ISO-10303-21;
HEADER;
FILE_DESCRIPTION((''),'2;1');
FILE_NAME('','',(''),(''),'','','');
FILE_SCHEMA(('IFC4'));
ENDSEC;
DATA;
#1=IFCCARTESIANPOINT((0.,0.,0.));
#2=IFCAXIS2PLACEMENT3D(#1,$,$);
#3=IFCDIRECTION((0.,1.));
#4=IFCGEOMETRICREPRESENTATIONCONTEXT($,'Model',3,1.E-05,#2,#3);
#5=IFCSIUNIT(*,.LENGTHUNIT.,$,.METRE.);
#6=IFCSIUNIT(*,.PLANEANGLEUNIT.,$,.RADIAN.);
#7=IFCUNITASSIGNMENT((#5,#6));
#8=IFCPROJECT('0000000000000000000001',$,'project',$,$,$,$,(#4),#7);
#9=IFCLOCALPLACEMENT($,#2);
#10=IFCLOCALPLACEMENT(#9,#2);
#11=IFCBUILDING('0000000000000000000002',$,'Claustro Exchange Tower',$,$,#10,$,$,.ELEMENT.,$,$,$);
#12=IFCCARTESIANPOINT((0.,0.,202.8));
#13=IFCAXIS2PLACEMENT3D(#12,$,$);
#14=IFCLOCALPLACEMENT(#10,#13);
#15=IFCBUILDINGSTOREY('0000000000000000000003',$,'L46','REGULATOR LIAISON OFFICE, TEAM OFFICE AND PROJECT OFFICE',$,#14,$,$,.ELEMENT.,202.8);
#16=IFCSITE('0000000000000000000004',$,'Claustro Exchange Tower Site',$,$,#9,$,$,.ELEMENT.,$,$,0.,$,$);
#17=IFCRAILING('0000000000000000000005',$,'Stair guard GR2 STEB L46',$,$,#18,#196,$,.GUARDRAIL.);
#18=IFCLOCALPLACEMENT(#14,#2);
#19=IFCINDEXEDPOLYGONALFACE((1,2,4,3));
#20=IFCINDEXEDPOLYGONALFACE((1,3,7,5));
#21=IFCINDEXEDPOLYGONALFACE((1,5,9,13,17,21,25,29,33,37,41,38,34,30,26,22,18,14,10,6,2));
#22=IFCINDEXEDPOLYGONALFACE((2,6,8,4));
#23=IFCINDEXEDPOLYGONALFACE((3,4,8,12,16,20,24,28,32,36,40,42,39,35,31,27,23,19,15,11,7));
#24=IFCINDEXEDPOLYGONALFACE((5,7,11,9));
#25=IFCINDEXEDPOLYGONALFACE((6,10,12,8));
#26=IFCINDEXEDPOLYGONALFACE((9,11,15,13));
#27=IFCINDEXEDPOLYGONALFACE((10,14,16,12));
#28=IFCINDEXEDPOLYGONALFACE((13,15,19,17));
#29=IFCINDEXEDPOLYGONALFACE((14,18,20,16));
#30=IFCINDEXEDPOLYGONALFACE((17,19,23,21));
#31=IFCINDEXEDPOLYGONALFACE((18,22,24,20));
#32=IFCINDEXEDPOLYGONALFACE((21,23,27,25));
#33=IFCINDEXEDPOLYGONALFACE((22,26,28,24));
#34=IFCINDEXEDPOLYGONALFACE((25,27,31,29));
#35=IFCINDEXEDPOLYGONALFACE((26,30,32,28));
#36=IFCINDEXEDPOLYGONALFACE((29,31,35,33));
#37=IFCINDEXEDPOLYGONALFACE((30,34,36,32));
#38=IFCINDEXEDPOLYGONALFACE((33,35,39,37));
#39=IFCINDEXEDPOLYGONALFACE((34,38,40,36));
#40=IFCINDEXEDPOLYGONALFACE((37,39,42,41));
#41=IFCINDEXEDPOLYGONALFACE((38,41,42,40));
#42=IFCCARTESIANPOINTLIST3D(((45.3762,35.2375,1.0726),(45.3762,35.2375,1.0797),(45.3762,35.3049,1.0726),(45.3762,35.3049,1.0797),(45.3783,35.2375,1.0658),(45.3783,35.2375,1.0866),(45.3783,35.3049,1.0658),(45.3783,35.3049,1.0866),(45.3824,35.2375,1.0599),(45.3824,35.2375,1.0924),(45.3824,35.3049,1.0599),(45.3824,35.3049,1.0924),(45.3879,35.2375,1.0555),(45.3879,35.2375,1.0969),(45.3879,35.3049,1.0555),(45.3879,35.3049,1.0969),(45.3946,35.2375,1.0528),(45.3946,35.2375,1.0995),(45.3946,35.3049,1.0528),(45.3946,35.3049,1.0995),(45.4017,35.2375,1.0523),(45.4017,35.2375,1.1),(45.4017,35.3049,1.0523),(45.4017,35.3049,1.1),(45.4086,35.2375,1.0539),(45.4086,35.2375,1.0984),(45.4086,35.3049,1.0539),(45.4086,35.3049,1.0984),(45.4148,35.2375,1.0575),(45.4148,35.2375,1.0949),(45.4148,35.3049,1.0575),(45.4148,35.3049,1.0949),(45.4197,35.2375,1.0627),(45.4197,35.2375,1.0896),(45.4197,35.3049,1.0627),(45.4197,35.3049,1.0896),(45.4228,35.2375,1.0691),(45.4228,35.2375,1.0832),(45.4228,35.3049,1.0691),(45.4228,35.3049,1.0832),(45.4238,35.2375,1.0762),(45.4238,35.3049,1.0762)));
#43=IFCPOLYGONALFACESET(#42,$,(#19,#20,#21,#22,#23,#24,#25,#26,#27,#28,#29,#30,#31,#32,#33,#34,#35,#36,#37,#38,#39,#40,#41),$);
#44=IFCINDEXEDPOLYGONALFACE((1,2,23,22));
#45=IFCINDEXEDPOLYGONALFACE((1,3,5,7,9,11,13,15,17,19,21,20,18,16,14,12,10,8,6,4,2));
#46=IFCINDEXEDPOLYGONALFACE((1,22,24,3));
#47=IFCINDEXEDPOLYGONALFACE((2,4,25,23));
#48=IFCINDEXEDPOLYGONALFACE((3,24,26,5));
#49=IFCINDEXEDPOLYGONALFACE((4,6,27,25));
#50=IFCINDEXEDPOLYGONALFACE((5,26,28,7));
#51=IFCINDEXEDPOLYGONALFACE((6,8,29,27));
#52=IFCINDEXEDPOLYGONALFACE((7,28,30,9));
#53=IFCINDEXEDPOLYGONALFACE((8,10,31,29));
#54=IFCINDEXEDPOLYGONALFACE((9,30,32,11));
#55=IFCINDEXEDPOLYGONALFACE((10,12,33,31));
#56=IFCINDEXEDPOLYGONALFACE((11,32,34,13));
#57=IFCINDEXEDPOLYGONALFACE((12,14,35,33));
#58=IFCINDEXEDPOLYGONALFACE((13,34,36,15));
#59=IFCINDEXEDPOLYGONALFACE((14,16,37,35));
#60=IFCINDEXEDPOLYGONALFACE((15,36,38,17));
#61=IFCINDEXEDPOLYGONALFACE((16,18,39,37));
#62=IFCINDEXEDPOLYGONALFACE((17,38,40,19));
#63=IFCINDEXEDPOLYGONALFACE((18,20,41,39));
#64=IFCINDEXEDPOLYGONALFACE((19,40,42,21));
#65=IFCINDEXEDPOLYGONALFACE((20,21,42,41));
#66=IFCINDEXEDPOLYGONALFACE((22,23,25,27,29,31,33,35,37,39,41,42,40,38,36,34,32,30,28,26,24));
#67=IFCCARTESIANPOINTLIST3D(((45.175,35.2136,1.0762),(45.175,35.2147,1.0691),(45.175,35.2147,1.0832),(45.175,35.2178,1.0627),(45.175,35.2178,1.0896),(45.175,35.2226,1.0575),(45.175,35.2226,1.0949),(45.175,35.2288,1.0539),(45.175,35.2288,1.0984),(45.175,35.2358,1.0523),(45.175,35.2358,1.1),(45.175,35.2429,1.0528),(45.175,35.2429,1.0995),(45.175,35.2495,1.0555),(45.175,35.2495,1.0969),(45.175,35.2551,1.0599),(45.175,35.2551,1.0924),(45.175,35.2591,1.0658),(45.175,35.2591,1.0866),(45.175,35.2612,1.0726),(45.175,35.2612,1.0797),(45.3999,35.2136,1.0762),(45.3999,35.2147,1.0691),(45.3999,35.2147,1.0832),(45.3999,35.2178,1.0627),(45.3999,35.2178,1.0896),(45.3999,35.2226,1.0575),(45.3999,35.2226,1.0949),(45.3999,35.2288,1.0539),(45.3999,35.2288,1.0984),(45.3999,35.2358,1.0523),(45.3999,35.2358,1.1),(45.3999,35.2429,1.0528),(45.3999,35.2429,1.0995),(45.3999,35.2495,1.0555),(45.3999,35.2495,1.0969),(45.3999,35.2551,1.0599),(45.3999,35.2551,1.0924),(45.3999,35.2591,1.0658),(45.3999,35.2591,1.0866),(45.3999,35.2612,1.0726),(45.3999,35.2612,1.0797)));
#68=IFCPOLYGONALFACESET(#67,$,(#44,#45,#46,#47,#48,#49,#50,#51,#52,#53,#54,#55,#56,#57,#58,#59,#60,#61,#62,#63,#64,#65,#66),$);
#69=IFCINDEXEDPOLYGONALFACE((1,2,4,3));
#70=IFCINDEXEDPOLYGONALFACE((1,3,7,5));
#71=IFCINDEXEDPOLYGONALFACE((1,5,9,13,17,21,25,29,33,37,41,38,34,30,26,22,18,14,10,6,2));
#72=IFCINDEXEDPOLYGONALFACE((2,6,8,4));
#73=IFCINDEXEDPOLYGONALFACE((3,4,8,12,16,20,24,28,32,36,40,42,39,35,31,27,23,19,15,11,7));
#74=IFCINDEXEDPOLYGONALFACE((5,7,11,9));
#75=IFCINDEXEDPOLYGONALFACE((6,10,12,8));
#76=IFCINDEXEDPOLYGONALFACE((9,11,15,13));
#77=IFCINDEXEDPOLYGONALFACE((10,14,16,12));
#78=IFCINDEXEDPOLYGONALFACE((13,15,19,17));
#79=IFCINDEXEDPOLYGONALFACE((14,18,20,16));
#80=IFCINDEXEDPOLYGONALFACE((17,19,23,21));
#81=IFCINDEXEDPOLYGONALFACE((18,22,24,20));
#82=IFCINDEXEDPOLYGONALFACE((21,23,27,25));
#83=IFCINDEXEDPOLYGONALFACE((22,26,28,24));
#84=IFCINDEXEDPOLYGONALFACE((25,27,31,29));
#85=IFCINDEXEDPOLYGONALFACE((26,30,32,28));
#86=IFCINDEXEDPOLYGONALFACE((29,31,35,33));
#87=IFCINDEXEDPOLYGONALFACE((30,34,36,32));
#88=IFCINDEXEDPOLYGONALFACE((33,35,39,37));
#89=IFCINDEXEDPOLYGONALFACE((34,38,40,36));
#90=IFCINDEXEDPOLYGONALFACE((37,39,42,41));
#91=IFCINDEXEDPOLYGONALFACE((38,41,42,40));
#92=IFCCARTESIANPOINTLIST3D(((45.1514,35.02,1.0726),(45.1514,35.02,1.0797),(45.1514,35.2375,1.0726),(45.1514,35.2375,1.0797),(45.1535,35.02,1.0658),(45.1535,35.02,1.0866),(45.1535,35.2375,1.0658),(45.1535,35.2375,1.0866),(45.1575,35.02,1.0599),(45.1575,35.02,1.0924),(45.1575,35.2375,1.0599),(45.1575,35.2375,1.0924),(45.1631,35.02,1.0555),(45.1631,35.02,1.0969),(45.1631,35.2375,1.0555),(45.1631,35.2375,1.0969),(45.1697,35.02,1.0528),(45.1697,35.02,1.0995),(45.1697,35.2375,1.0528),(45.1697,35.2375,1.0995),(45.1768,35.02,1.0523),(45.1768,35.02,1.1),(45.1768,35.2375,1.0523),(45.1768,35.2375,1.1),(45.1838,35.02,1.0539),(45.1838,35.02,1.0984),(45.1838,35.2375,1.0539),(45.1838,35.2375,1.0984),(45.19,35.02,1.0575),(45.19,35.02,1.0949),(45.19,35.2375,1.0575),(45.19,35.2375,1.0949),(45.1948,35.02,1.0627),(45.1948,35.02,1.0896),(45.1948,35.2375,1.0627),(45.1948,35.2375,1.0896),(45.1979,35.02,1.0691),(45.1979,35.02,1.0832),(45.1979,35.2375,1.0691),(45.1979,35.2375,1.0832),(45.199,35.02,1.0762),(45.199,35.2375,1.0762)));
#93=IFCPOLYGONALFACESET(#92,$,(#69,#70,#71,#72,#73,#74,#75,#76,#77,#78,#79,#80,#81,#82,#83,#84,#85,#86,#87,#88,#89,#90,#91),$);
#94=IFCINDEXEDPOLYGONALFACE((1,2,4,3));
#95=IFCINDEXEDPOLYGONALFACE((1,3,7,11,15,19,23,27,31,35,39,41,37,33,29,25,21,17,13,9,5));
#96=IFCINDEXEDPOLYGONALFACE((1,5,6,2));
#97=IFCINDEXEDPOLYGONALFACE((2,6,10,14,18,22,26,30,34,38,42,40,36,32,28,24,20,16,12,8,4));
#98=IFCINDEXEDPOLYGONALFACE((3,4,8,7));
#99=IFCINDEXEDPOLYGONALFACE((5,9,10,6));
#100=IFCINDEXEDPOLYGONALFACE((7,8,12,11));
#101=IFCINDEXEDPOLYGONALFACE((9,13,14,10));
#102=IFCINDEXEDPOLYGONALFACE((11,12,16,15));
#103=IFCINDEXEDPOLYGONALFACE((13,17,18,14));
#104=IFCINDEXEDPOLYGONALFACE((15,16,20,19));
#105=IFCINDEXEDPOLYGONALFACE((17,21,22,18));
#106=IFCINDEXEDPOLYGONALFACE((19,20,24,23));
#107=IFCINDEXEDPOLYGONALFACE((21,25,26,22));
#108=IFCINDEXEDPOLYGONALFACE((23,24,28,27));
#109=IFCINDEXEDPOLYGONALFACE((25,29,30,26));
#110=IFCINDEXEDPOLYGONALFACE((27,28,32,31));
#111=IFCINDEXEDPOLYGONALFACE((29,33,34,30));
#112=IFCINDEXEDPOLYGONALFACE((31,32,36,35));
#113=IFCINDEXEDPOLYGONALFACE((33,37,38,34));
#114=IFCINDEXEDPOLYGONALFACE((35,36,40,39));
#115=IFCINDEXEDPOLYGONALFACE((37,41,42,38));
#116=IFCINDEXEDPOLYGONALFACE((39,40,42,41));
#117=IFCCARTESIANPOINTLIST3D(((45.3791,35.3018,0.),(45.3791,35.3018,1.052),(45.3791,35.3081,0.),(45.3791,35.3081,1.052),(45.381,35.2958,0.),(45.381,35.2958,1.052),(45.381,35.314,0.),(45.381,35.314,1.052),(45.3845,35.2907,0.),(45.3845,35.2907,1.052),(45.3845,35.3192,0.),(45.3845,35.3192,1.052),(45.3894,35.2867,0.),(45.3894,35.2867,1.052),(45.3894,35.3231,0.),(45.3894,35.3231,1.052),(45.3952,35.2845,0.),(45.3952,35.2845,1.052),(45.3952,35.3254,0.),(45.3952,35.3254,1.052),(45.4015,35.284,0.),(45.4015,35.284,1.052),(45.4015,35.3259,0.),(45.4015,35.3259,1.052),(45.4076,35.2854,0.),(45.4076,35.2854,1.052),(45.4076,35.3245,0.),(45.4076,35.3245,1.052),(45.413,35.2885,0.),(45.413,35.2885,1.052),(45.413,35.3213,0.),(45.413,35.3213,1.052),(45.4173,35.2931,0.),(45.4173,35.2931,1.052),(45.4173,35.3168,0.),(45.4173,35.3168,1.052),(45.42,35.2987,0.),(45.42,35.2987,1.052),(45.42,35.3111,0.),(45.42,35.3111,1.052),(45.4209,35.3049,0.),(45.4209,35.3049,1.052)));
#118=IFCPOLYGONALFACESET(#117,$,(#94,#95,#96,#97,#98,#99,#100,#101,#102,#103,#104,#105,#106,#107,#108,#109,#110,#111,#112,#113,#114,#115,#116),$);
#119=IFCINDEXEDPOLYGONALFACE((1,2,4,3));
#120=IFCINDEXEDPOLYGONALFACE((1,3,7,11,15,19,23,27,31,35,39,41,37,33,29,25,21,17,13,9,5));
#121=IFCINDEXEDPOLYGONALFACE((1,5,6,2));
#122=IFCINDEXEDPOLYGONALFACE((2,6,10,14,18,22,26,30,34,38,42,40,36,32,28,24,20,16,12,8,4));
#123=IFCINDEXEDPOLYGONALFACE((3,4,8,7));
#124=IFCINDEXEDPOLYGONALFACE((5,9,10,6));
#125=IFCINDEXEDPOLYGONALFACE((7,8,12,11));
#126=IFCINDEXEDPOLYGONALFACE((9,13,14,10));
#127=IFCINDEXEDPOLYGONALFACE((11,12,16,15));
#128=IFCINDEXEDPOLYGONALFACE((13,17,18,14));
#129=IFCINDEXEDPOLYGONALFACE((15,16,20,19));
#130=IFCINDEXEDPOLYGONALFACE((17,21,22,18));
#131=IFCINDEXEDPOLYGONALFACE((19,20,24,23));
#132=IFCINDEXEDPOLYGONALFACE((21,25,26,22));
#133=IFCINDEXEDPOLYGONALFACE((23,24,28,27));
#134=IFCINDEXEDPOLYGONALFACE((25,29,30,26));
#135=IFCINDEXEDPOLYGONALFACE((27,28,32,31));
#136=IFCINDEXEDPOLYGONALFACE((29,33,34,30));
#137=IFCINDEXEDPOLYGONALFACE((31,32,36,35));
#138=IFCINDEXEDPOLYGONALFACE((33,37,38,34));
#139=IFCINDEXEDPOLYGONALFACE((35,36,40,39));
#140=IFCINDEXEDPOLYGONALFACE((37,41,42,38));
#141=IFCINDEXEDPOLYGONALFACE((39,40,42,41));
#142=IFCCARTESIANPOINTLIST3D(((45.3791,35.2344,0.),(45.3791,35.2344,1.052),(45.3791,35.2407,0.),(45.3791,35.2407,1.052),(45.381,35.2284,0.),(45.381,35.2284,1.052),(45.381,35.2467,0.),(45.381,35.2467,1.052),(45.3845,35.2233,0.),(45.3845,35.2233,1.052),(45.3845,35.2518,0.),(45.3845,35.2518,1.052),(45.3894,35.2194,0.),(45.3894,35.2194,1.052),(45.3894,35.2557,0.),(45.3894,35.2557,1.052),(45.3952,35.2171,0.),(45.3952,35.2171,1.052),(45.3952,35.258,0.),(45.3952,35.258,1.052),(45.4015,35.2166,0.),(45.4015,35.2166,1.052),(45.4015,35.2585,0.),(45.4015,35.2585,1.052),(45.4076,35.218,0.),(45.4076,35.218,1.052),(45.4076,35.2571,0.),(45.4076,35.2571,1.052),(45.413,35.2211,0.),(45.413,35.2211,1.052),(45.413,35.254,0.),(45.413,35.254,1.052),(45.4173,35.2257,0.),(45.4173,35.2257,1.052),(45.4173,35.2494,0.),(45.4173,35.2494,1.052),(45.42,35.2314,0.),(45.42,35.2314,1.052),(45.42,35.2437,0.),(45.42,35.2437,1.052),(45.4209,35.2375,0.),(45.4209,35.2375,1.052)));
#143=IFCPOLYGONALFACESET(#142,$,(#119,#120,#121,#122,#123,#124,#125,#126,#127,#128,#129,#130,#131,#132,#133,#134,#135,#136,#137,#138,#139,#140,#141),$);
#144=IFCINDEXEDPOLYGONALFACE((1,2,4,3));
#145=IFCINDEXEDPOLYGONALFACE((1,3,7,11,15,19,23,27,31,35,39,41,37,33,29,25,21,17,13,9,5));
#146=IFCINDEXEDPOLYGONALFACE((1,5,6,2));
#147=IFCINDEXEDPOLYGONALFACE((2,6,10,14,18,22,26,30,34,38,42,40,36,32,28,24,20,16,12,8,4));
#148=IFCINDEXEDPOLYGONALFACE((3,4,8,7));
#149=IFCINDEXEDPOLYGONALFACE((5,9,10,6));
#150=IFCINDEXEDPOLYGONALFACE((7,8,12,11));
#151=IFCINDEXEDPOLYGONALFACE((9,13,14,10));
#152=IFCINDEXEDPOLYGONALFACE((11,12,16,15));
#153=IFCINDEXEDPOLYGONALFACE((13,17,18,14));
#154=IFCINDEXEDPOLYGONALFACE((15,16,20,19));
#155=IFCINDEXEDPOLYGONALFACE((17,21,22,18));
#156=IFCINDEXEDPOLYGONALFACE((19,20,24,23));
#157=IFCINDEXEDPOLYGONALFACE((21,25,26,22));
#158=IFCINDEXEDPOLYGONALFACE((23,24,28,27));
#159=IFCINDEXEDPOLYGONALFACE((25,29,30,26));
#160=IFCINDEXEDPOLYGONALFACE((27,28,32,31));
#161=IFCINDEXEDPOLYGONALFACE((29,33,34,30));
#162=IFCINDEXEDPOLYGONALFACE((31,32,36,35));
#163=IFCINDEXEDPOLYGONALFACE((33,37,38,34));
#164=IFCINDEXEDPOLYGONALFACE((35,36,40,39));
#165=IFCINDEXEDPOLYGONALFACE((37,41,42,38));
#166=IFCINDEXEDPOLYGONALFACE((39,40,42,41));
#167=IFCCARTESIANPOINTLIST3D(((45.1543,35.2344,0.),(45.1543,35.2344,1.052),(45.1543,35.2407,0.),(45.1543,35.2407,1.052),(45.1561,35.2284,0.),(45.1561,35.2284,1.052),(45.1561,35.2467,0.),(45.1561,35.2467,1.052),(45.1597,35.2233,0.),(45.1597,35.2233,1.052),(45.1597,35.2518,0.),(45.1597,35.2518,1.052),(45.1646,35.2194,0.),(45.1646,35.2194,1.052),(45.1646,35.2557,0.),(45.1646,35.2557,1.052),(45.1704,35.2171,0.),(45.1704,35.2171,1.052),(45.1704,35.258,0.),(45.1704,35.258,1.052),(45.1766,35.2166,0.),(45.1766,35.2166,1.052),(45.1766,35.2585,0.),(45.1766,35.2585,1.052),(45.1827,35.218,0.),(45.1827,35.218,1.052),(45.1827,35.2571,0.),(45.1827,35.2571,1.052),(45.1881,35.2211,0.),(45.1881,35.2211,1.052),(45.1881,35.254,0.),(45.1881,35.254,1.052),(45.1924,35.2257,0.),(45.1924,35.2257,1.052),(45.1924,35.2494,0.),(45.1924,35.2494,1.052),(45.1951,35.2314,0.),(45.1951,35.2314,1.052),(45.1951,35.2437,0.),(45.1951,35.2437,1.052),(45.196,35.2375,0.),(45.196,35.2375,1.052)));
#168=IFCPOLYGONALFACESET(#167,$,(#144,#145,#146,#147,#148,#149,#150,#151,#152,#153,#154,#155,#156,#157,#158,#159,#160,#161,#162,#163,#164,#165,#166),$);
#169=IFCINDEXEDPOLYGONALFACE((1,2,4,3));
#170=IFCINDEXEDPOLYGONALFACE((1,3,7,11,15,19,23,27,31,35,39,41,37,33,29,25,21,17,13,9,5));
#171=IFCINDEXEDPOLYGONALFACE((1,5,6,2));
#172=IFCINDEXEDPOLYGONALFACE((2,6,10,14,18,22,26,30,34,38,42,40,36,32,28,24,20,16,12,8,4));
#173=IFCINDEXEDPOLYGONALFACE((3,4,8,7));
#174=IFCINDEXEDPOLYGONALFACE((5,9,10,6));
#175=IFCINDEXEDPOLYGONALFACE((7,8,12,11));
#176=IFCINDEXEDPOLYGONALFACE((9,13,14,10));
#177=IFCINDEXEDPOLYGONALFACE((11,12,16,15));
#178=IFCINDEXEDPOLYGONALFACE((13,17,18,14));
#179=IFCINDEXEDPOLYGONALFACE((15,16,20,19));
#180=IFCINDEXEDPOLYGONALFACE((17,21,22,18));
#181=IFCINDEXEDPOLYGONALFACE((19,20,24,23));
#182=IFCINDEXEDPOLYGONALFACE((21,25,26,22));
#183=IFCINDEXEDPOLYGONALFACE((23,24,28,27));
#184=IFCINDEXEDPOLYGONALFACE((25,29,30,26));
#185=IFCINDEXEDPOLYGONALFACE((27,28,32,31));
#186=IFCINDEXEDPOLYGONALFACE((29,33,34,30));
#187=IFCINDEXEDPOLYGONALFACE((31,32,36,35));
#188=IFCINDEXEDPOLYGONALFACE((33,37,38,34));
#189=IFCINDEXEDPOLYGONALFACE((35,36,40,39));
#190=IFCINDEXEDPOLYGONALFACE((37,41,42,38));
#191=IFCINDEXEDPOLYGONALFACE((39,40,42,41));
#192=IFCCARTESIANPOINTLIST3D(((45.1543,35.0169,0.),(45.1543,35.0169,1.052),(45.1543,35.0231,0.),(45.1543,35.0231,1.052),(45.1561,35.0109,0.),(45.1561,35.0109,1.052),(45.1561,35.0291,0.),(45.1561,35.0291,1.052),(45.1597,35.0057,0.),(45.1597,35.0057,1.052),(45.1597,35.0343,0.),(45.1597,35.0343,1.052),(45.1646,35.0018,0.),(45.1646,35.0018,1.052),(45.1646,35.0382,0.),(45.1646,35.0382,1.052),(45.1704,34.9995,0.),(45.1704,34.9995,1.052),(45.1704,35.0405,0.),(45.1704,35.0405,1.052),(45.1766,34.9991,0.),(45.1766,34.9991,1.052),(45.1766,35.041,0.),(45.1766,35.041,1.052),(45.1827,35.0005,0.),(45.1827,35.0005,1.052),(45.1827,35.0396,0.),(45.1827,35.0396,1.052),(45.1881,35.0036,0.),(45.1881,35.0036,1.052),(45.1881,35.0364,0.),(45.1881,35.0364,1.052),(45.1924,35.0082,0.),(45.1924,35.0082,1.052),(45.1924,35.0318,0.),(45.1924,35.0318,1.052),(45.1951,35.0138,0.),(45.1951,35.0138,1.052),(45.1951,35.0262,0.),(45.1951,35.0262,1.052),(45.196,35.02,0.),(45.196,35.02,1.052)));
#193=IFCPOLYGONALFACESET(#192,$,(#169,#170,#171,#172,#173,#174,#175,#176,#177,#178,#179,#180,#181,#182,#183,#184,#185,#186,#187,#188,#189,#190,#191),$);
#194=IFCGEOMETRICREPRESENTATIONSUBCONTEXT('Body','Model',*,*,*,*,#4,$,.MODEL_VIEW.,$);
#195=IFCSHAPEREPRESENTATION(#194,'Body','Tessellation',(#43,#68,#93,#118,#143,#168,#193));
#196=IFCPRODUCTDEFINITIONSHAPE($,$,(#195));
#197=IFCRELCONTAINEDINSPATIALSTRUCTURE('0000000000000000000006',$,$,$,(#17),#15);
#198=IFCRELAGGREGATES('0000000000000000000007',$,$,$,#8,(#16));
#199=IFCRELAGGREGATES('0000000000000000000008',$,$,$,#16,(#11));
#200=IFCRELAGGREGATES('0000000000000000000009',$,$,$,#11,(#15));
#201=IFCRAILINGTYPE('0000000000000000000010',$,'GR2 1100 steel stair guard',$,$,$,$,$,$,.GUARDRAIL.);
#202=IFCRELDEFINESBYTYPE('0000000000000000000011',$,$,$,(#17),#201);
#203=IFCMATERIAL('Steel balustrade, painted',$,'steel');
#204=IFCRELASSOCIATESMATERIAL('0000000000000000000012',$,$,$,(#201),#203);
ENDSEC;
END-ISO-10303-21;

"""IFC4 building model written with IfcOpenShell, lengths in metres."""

from ifc_helpers import new_model, si_unit, direction, frame, origin, origin_2d, place, context, subcontext, project, spatial, circle, extrude, material, type_object, element, save


model = new_model("IFC4")

# Units and contexts
model_context = context("Model", 3, precision=1e-05, world=origin(), true_north=direction((0.0, 1.0)))
body_context = subcontext(model_context, "Body", "Model", "MODEL_VIEW")
ifc_project = project(units=[si_unit("LENGTHUNIT", "METRE"), si_unit("PLANEANGLEUNIT", "RADIAN")], contexts=[model_context])

# Site, building, storey
site_placement = place(None, origin())
site = spatial("IfcSite", under=ifc_project, at=site_placement, Name="Claustro Exchange Tower Site", CompositionType="ELEMENT", RefElevation=0.0)
building_placement = place(site_placement, origin())
building = spatial("IfcBuilding", under=site, at=building_placement, Name="Claustro Exchange Tower", CompositionType="ELEMENT")
storey_placement = place(building_placement, frame((0.0, 0.0, 202.8)))
storey = spatial("IfcBuildingStorey", under=building, at=storey_placement, Name="L46", Description="REGULATOR LIAISON OFFICE, TEAM OFFICE AND PROJECT OFFICE", CompositionType="ELEMENT", Elevation=202.8)

# Railing
ifc_material_1 = material(Name="Steel balustrade, painted", Category="steel")
railing_type_1 = type_object("IfcRailingType", Name="GR2 1100 steel stair guard", PredefinedType="GUARDRAIL", material=ifc_material_1)
railing_1_placement = place(storey_placement, frame((45.3999, 35.3049, 0.0)))
element("IfcRailing", 1, at=railing_1_placement, inside=storey, type_object=railing_type_1, Name="Stair guard GR2 STEB L46", PredefinedType="GUARDRAIL", context=body_context, shape_type="SweptSolid", body=[
    extrude(circle(Radius=0.0239, at=origin_2d()), frame((0.0, 0.0, 1.0762), z_axis=(0.0, -1.0, 0.0), x_axis=(1.0, 0.0, 0.0)), (0.0, 0.0, 1.0), 0.0674),
    extrude(circle(Radius=0.0239, at=origin_2d()), frame((0.0, -0.0674, 1.0762), z_axis=(-1.0, 0.0, 0.0), x_axis=(0.0, -1.0, 0.0)), (0.0, 0.0, 1.0), 0.2249),
    extrude(circle(Radius=0.0239, at=origin_2d()), frame((-0.2249, -0.0674, 1.0762), z_axis=(0.0, -1.0, 0.0), x_axis=(1.0, 0.0, 0.0)), (0.0, 0.0, 1.0), 0.2175),
    extrude(circle(Radius=0.021, at=origin_2d()), origin(), (0.0, 0.0, 1.0), 1.052),
    extrude(circle(Radius=0.021, at=origin_2d()), frame((0.0, -0.0674, 0.0)), (0.0, 0.0, 1.0), 1.052),
    extrude(circle(Radius=0.021, at=origin_2d()), frame((-0.2249, -0.0674, 0.0)), (0.0, 0.0, 1.0), 1.052),
    extrude(circle(Radius=0.021, at=origin_2d()), frame((-0.2249, -0.2849, 0.0)), (0.0, 0.0, 1.0), 1.052),
])

save(model, "model.ifc")
